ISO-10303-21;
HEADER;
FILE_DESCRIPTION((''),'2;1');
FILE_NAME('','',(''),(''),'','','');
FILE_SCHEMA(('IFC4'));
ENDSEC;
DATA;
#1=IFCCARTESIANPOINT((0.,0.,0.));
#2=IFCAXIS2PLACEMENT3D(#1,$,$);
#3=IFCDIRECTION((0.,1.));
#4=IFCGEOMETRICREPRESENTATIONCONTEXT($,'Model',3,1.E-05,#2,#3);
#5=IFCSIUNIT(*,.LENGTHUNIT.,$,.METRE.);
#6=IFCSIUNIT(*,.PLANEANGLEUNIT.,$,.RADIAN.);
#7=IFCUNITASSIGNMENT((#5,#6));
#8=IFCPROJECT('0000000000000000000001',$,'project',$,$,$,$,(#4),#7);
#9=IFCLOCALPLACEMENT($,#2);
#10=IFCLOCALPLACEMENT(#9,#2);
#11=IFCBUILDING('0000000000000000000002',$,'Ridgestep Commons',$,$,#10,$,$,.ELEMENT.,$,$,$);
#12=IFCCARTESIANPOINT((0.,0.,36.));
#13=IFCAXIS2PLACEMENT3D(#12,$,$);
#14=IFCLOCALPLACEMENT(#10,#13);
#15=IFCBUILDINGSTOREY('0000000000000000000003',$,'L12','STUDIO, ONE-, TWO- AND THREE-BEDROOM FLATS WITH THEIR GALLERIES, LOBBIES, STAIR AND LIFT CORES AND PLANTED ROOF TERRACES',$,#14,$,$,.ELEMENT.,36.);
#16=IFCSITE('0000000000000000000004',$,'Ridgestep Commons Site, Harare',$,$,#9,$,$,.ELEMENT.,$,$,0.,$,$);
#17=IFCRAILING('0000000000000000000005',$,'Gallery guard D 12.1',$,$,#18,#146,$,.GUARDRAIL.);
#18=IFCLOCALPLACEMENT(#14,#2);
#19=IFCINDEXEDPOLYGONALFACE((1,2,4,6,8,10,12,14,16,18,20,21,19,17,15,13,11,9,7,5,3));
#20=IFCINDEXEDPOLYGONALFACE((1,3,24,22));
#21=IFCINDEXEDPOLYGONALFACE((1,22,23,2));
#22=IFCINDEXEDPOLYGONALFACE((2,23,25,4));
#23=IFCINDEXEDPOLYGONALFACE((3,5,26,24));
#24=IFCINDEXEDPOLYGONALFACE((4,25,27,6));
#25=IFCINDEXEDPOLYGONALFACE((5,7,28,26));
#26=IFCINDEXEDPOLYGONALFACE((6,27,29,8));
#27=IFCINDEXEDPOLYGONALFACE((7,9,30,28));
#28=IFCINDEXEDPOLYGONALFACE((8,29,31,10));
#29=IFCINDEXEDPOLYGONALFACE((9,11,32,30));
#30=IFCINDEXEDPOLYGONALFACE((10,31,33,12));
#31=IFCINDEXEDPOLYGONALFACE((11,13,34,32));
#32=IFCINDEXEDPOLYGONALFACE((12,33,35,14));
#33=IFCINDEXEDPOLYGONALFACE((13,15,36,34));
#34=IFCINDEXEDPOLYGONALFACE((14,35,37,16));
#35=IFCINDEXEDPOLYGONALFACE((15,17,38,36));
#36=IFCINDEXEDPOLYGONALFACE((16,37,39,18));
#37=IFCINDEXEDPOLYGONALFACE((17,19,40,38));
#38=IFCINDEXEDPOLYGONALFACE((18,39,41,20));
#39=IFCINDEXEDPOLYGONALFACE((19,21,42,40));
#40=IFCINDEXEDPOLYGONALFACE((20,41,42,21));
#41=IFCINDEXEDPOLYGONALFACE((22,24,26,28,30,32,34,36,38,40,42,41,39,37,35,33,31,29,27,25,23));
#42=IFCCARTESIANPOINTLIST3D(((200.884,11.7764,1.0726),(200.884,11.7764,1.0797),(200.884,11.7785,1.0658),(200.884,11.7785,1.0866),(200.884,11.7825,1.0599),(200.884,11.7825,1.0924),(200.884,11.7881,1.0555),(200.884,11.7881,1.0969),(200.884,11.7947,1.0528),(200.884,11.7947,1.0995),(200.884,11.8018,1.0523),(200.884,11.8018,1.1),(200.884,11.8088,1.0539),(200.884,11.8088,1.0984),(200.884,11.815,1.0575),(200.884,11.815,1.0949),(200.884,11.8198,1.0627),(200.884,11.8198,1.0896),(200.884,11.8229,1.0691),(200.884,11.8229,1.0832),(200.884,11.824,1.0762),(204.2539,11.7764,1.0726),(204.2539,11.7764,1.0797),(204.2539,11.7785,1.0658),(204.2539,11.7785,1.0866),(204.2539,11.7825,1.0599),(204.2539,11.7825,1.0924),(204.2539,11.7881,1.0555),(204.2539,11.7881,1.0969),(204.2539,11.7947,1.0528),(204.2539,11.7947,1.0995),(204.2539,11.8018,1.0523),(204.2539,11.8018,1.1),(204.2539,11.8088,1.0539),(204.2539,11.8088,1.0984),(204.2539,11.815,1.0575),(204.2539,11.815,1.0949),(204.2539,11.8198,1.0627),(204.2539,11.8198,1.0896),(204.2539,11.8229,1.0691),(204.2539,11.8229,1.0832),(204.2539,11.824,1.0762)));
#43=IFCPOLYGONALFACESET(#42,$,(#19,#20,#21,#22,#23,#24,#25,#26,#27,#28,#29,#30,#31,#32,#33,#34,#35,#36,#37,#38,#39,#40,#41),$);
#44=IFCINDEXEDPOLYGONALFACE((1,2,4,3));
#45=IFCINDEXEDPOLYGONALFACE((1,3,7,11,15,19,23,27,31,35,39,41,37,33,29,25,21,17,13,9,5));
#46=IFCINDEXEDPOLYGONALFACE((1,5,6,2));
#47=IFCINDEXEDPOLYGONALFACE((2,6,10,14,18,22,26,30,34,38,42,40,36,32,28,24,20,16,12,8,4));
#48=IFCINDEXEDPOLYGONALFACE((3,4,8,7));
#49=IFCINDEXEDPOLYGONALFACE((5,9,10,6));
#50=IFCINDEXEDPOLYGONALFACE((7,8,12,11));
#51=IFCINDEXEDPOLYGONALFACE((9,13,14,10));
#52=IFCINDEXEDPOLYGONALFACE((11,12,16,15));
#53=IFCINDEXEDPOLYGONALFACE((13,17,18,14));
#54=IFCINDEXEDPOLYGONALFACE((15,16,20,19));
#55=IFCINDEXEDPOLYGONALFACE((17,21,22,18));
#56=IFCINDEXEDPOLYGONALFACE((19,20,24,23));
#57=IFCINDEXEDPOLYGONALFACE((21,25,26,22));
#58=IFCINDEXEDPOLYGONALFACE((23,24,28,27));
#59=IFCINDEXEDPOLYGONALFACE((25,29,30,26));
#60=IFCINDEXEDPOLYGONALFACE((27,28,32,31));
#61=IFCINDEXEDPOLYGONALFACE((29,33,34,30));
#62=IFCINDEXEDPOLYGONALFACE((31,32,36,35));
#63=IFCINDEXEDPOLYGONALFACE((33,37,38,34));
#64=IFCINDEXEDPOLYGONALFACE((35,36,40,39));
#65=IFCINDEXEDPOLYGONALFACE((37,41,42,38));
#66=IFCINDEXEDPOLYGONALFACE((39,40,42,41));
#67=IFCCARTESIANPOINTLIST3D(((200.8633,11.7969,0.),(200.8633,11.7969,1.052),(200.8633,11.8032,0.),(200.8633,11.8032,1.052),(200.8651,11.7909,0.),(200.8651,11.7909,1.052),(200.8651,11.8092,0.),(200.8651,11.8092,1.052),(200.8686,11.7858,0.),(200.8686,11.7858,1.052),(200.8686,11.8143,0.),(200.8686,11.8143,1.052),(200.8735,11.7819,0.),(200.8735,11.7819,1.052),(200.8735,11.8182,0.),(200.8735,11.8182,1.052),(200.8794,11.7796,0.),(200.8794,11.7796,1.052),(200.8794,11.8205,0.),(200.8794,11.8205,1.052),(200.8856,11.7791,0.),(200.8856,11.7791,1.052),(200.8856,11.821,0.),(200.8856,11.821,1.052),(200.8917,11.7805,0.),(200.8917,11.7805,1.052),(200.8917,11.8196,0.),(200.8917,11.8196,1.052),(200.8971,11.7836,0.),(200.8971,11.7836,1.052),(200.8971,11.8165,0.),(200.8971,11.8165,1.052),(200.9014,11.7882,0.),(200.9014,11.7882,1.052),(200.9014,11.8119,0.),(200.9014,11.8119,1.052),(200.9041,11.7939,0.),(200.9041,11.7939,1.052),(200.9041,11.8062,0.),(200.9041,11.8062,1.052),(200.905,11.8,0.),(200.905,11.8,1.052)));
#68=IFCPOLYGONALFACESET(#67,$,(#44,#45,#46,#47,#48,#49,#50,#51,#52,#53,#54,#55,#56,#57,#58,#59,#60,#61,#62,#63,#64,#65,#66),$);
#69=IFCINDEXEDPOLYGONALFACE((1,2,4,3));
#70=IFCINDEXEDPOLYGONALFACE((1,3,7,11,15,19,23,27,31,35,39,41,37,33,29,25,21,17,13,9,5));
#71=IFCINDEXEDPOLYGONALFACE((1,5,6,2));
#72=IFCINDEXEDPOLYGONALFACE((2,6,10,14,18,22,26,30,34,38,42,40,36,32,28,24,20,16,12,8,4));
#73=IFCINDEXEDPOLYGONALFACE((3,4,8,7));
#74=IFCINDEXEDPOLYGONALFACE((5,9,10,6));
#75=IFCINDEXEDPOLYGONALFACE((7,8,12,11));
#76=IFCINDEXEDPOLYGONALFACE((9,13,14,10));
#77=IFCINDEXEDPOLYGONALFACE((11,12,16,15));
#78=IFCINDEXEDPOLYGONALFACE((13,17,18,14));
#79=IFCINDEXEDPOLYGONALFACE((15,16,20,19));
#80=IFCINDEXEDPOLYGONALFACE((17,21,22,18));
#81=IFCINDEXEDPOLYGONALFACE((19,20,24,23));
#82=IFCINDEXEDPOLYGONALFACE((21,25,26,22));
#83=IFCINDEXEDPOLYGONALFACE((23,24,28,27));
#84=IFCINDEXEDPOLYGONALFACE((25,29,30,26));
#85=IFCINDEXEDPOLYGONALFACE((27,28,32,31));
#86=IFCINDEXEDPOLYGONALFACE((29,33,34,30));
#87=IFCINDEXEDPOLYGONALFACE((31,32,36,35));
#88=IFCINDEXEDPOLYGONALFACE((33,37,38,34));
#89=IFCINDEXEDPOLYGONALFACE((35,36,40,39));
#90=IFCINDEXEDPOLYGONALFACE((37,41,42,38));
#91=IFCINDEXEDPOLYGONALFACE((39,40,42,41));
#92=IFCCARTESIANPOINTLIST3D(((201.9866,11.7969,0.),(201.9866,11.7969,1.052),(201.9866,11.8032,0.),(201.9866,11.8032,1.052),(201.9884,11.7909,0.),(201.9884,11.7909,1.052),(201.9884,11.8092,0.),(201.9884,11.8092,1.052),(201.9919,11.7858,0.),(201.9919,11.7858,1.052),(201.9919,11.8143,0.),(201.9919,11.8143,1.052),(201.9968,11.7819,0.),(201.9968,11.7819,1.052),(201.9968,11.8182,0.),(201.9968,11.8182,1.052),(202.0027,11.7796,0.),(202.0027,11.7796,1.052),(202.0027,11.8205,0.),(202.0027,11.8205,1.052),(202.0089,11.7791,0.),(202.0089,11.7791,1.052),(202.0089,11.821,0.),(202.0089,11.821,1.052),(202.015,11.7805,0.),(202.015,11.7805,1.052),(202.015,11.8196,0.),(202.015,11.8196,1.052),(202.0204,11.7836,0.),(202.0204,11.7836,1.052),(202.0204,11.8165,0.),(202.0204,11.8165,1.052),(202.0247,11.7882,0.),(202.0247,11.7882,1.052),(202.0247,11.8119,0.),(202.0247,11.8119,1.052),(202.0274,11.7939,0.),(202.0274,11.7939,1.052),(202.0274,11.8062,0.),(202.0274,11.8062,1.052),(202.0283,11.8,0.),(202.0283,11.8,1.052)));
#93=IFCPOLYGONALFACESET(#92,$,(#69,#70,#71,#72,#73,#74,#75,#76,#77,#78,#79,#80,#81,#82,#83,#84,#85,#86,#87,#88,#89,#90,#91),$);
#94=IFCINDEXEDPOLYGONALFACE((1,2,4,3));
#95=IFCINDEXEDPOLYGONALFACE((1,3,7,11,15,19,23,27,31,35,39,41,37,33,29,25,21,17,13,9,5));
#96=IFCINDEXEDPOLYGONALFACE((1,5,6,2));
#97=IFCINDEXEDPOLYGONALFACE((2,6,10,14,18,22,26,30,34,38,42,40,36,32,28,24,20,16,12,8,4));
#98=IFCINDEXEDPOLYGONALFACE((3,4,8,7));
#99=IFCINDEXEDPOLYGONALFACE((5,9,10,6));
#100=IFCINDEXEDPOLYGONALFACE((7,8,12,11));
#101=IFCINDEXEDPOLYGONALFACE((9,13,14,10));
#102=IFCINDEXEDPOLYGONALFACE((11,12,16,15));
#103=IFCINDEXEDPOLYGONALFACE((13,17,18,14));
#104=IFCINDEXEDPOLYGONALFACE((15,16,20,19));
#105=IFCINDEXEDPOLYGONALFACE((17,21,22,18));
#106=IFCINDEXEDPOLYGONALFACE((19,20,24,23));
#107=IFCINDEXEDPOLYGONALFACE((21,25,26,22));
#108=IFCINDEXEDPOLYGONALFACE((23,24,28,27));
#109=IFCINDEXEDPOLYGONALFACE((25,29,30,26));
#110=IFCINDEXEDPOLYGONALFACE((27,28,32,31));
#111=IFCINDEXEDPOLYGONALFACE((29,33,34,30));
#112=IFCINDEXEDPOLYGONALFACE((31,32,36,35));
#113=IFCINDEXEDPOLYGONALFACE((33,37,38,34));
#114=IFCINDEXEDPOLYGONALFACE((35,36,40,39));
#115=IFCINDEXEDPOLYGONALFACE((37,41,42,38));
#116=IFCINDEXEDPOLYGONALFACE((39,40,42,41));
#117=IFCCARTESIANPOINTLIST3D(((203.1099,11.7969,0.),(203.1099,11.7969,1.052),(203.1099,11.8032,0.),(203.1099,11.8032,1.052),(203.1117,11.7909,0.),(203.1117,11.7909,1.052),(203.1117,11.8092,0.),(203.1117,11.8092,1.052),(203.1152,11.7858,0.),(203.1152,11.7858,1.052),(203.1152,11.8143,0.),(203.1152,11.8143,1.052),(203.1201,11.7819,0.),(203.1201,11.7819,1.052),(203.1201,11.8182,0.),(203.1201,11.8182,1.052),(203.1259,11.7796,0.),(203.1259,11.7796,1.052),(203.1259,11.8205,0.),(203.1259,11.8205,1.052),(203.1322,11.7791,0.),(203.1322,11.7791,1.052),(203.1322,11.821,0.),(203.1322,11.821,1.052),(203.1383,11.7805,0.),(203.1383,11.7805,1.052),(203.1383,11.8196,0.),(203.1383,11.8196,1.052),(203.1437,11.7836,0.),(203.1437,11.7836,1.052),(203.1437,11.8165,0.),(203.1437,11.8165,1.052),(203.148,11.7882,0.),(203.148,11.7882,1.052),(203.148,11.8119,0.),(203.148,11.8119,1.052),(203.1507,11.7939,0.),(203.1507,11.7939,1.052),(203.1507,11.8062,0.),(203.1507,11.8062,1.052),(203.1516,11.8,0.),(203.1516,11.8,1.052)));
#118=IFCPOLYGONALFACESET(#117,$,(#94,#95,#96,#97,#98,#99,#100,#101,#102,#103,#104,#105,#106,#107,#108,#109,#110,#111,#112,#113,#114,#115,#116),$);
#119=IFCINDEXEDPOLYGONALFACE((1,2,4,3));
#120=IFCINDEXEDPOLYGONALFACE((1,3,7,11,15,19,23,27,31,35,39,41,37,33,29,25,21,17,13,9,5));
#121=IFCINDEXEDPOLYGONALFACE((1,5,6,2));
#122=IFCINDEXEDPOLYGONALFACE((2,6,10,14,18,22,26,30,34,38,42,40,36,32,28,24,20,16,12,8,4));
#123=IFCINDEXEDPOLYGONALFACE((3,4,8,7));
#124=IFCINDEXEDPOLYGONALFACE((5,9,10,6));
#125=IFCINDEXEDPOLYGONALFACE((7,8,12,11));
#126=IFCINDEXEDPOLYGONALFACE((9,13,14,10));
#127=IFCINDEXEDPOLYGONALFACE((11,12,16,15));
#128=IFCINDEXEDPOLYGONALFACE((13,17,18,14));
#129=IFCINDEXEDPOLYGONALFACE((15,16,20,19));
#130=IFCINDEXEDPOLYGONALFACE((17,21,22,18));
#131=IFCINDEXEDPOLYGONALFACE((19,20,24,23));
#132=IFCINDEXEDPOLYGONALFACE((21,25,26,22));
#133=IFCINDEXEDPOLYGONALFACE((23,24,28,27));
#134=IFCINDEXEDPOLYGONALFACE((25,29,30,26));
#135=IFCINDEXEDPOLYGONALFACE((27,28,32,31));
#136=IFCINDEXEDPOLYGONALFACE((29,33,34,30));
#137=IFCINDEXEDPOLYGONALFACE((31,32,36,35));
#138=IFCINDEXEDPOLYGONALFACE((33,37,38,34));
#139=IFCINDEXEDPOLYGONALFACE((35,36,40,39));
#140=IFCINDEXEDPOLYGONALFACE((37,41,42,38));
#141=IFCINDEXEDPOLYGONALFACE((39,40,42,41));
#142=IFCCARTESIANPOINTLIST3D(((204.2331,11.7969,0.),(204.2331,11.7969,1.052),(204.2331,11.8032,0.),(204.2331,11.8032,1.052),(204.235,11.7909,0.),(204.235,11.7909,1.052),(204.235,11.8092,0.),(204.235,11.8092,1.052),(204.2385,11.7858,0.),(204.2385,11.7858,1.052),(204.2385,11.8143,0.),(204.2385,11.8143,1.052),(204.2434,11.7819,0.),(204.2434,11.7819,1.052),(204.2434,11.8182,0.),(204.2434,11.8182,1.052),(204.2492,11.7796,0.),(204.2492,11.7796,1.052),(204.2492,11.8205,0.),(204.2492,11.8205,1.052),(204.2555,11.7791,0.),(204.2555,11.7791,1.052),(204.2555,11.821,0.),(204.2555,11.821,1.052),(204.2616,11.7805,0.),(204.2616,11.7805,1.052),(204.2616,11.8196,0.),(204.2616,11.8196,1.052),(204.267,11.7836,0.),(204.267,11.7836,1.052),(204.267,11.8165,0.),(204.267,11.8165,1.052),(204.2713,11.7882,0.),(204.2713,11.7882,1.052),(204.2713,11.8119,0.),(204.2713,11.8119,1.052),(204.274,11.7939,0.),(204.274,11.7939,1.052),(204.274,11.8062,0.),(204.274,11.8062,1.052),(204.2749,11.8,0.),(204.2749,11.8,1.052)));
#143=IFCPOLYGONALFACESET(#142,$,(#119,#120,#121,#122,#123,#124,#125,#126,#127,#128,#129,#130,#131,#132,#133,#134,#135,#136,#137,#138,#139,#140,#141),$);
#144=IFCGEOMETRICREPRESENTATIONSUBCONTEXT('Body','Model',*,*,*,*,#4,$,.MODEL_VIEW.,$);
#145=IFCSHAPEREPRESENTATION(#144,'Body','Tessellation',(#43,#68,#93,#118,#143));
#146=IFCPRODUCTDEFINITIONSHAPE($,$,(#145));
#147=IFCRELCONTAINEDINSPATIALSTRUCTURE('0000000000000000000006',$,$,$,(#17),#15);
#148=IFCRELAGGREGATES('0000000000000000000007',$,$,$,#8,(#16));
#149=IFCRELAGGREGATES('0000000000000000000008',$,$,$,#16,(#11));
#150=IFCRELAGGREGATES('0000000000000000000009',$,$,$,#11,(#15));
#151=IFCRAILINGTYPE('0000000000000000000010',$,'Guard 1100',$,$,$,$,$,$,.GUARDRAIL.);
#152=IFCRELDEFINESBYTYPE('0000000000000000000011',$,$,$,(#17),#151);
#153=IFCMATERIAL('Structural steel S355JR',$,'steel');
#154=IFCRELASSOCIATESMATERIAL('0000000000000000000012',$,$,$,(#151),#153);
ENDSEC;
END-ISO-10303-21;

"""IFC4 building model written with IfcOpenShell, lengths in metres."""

from ifc_helpers import new_model, si_unit, direction, frame, origin, origin_2d, place, context, subcontext, project, spatial, circle, extrude, material, type_object, element, save


model = new_model("IFC4")

# Units and contexts
model_context = context("Model", 3, precision=1e-05, world=origin(), true_north=direction((0.0, 1.0)))
body_context = subcontext(model_context, "Body", "Model", "MODEL_VIEW")
ifc_project = project(units=[si_unit("LENGTHUNIT", "METRE"), si_unit("PLANEANGLEUNIT", "RADIAN")], contexts=[model_context])

# Site, building, storey
site_placement = place(None, origin())
site = spatial("IfcSite", under=ifc_project, at=site_placement, Name="Ridgestep Commons Site, Harare", CompositionType="ELEMENT", RefElevation=0.0)
building_placement = place(site_placement, origin())
building = spatial("IfcBuilding", under=site, at=building_placement, Name="Ridgestep Commons", CompositionType="ELEMENT")
storey_placement = place(building_placement, frame((0.0, 0.0, 36.0)))
storey = spatial("IfcBuildingStorey", under=building, at=storey_placement, Name="L12", Description="STUDIO, ONE-, TWO- AND THREE-BEDROOM FLATS WITH THEIR GALLERIES, LOBBIES, STAIR AND LIFT CORES AND PLANTED ROOF TERRACES", CompositionType="ELEMENT", Elevation=36.0)

# Railing
ifc_material_1 = material(Name="Structural steel S355JR", Category="steel")
railing_type_1 = type_object("IfcRailingType", Name="Guard 1100", PredefinedType="GUARDRAIL", material=ifc_material_1)
railing_1_placement = place(storey_placement, frame((200.884, 11.8, 0.0)))
element("IfcRailing", 1, at=railing_1_placement, inside=storey, type_object=railing_type_1, Name="Gallery guard D 12.1", PredefinedType="GUARDRAIL", context=body_context, shape_type="SweptSolid", body=[
    extrude(circle(Radius=0.0239, at=origin_2d()), frame((0.0, 0.0, 1.0762), z_axis=(1.0, 0.0, 0.0), x_axis=(0.0, 1.0, 0.0)), (0.0, 0.0, 1.0), 3.3699),
    extrude(circle(Radius=0.021, at=origin_2d()), origin(), (0.0, 0.0, 1.0), 1.052),
    extrude(circle(Radius=0.021, at=origin_2d()), frame((1.1233, 0.0, 0.0)), (0.0, 0.0, 1.0), 1.052),
    extrude(circle(Radius=0.021, at=origin_2d()), frame((2.2466, 0.0, 0.0)), (0.0, 0.0, 1.0), 1.052),
    extrude(circle(Radius=0.021, at=origin_2d()), frame((3.3699, 0.0, 0.0)), (0.0, 0.0, 1.0), 1.052),
])

save(model, "model.ifc")
